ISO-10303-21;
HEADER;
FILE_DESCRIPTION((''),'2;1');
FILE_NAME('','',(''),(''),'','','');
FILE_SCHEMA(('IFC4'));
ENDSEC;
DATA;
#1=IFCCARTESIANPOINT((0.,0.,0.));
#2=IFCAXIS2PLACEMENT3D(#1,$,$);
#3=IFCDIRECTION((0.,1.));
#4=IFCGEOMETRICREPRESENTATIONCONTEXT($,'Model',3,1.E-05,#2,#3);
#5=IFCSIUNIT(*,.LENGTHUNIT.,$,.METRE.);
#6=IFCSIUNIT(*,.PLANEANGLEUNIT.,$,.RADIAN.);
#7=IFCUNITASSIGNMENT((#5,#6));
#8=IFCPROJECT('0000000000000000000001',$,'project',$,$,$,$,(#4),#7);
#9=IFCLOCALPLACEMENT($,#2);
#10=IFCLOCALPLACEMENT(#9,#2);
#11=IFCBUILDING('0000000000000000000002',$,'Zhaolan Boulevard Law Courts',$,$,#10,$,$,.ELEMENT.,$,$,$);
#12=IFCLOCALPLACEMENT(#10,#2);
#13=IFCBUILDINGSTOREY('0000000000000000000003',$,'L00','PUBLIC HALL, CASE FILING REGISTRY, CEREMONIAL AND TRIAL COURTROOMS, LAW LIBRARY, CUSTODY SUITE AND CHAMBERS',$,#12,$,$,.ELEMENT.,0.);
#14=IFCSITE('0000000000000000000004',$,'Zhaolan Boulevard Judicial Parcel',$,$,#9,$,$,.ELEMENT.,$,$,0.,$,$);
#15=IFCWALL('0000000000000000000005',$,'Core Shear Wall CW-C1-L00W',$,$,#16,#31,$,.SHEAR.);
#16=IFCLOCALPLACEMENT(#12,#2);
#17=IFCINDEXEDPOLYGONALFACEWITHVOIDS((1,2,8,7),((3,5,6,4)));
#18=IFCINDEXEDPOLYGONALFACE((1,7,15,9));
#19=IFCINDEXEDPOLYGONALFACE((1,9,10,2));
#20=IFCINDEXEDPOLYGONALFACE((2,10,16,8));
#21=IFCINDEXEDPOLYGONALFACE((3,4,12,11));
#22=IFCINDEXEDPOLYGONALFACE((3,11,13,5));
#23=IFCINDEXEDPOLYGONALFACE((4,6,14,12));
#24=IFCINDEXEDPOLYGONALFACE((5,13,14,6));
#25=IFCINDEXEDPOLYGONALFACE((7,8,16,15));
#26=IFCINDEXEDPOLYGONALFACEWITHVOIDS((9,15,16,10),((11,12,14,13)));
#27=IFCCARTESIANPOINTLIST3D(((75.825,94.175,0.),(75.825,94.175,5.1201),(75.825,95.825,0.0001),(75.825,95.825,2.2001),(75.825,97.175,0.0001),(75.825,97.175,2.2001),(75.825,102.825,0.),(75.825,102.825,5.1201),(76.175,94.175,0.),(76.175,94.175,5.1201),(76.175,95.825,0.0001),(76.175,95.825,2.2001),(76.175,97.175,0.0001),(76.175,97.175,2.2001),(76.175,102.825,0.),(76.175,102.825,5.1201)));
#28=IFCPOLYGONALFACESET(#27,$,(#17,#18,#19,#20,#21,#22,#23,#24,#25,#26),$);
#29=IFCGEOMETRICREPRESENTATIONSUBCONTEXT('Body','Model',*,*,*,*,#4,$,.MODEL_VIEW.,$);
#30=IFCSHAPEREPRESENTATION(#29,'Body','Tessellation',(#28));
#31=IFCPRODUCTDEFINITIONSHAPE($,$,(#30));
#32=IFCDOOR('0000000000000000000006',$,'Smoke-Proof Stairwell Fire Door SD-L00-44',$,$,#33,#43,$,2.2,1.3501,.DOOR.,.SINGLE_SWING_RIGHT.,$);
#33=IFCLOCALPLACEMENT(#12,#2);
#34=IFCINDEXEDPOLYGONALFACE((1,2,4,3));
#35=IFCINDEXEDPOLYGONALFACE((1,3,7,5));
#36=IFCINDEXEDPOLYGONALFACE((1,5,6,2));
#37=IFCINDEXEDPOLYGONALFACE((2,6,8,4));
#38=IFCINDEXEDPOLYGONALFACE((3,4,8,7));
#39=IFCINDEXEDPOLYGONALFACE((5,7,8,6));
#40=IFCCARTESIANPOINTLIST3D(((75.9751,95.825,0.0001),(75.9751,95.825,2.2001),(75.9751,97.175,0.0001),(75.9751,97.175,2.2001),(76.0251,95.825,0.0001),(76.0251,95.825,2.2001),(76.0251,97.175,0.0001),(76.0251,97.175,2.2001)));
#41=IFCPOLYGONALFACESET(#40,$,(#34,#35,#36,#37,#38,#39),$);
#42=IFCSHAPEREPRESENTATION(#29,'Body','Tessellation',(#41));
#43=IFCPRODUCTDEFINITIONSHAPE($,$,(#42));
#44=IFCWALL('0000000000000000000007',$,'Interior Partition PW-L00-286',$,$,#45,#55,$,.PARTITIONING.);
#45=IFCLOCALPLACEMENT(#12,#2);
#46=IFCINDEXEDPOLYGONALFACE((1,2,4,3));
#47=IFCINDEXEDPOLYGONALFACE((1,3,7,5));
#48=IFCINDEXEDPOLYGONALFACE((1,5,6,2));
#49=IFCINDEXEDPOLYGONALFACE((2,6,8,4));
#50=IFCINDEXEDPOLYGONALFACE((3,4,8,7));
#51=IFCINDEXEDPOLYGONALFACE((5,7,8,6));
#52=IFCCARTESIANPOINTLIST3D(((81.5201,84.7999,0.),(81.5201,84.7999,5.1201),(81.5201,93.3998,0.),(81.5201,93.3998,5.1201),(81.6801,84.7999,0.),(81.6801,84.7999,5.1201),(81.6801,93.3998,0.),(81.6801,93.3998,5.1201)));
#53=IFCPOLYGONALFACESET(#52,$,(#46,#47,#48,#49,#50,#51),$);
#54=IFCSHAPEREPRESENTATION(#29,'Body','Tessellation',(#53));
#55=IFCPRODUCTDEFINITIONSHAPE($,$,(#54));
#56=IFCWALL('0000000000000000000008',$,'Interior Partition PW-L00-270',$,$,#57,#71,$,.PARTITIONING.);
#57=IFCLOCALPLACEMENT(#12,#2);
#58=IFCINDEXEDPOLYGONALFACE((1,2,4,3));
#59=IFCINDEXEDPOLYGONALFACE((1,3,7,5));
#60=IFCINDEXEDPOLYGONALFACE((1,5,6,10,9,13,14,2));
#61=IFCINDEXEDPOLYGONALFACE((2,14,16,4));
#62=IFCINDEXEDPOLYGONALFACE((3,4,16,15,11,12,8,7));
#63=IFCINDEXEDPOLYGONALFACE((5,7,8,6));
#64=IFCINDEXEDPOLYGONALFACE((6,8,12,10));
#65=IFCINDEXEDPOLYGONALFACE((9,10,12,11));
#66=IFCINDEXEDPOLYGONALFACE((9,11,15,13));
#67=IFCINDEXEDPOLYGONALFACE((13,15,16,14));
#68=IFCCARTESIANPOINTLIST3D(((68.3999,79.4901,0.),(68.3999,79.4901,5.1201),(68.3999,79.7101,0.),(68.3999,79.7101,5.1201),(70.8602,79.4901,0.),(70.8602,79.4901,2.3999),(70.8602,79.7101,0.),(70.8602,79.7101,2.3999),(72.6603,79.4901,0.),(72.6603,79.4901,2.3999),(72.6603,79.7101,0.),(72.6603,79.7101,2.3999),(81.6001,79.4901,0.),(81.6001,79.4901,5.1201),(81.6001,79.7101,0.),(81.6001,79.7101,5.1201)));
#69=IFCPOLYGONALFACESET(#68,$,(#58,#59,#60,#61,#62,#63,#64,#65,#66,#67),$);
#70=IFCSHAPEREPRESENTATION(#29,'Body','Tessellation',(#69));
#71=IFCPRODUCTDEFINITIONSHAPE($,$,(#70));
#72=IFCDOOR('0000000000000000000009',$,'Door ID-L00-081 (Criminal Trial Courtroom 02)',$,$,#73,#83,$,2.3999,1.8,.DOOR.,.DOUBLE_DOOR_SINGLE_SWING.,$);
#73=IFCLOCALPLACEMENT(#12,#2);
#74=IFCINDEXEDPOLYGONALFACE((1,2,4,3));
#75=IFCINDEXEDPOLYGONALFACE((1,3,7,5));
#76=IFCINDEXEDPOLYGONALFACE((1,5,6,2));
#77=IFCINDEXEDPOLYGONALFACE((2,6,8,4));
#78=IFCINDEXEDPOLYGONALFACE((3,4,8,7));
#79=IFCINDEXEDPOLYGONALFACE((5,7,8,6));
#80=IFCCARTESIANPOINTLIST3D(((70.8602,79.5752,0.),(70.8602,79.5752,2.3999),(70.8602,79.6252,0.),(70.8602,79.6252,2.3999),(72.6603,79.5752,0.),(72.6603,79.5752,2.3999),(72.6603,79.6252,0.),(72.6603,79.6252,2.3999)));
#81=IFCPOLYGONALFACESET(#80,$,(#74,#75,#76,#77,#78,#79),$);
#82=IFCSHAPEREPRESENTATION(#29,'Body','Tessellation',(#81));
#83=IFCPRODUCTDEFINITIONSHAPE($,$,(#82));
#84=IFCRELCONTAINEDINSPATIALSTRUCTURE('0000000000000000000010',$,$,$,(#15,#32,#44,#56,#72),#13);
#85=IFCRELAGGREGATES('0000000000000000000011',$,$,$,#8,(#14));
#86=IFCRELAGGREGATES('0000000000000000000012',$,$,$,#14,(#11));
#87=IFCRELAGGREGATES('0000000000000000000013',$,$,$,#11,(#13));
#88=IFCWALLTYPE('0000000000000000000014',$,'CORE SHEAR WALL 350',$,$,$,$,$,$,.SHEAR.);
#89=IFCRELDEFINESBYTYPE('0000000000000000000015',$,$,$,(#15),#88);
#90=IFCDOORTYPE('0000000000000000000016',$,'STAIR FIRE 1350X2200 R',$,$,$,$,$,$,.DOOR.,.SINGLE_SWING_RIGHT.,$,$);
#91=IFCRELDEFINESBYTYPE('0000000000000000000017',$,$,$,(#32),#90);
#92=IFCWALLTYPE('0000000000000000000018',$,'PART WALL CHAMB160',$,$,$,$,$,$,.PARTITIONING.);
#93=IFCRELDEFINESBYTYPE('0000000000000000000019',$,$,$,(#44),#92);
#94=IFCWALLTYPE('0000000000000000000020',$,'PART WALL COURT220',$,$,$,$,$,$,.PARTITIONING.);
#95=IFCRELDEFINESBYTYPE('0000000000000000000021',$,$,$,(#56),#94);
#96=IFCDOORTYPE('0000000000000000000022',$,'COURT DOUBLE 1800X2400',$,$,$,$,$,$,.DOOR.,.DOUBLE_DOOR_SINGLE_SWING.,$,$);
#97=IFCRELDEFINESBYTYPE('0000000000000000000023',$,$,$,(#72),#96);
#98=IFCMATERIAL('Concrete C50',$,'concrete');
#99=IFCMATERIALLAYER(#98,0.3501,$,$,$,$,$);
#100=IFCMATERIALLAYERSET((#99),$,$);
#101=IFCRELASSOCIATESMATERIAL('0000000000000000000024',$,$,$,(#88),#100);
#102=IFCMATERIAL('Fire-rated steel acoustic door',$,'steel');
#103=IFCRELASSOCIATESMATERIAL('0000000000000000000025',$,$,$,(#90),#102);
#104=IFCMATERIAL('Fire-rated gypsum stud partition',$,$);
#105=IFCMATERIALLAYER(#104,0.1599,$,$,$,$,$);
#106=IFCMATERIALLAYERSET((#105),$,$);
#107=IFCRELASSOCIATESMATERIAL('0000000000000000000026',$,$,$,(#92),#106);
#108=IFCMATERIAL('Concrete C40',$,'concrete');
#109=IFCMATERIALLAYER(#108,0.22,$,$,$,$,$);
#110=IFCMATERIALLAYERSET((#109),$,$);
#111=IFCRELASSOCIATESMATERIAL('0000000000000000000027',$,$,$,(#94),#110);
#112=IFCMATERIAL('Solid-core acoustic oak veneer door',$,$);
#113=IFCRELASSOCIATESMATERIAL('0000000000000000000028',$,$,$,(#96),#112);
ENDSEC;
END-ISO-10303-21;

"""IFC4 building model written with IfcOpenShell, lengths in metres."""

from ifc_helpers import new_model, si_unit, direction, frame, frame_2d, origin, place, context, subcontext, project, spatial, rectangle, extrude, material, layer, layer_set, type_object, element, fill, save


model = new_model("IFC4")

# Units and contexts
model_context = context("Model", 3, precision=1e-05, world=origin(), true_north=direction((0.0, 1.0)))
body_context = subcontext(model_context, "Body", "Model", "MODEL_VIEW")
ifc_project = project(units=[si_unit("LENGTHUNIT", "METRE"), si_unit("PLANEANGLEUNIT", "RADIAN")], contexts=[model_context])

# Site, building, storey
site_placement = place(None, origin())
site = spatial("IfcSite", under=ifc_project, at=site_placement, Name="Zhaolan Boulevard Judicial Parcel", CompositionType="ELEMENT", RefElevation=0.0)
building_placement = place(site_placement, origin())
building = spatial("IfcBuilding", under=site, at=building_placement, Name="Zhaolan Boulevard Law Courts", CompositionType="ELEMENT")
storey_placement = place(building_placement, origin())
storey = spatial("IfcBuildingStorey", under=building, at=storey_placement, Name="L00", Description="PUBLIC HALL, CASE FILING REGISTRY, CEREMONIAL AND TRIAL COURTROOMS, LAW LIBRARY, CUSTODY SUITE AND CHAMBERS", CompositionType="ELEMENT", Elevation=0.0)

# Wall, opening, door
ifc_material_1 = material(Name="Concrete C50", Category="concrete")
ifc_layer_1 = layer(ifc_material_1, 0.3501)
ifc_layer_set_1 = layer_set([ifc_layer_1])
wall_type_1 = type_object("IfcWallType", Name="CORE SHEAR WALL 350", PredefinedType="SHEAR", material=ifc_layer_set_1)
wall_1_placement = place(storey_placement, frame((76.0, 94.175, 0.0), z_axis=(0.0, 0.0, 1.0), x_axis=(0.0, 1.0, 0.0)))
wall_1 = element("IfcWall", 1, at=wall_1_placement, inside=storey, type_object=wall_type_1, Name="Core Shear Wall CW-C1-L00W", PredefinedType="SHEAR", context=body_context, shape_type="SweptSolid", body=[
    extrude(rectangle(XDim=8.6499, YDim=0.3501, at=frame_2d((4.325, 0.0))), origin(), (0.0, 0.0, 1.0), 5.1201),
])
opening_1_placement = place(wall_1_placement, frame((1.6499, 0.0, 0.0)))
opening_1 = element("IfcOpeningElement", 2, at=opening_1_placement, cuts=wall_1, PredefinedType="OPENING", context=body_context, shape_type="SweptSolid", body=[
    extrude(rectangle(XDim=1.3501, YDim=2.2, at=frame_2d((0.675, 1.1001))), frame((0.0, 0.1851, 0.0), z_axis=(0.0, -1.0, 0.0), x_axis=(1.0, 0.0, 0.0)), (0.0, 0.0, 1.0), 0.3701),
])
ifc_material_2 = material(Name="Fire-rated steel acoustic door", Category="steel")
door_type_1 = type_object("IfcDoorType", Name="STAIR FIRE 1350X2200 R", OperationType="SINGLE_SWING_RIGHT", PredefinedType="DOOR", material=ifc_material_2)
door_1_placement = place(opening_1_placement, origin())
door_1 = element("IfcDoor", 3, at=door_1_placement, inside=storey, type_object=door_type_1, Name="Smoke-Proof Stairwell Fire Door SD-L00-44", OperationType="SINGLE_SWING_RIGHT", OverallHeight=2.2, OverallWidth=1.3501, PredefinedType="DOOR", context=body_context, shape_type="SweptSolid", body=[
    extrude(rectangle(XDim=1.3501, YDim=2.2, at=frame_2d((0.675, 1.1001))), frame((0.0, 0.0249, 0.0), z_axis=(0.0, -1.0, 0.0), x_axis=(1.0, 0.0, 0.0)), (0.0, 0.0, 1.0), 0.05),
])
fill(opening_1, door_1)

# Wall
ifc_material_3 = material(Name="Fire-rated gypsum stud partition")
ifc_layer_2 = layer(ifc_material_3, 0.1599)
ifc_layer_set_2 = layer_set([ifc_layer_2])
wall_type_2 = type_object("IfcWallType", Name="PART WALL CHAMB160", PredefinedType="PARTITIONING", material=ifc_layer_set_2)
wall_2_placement = place(storey_placement, frame((81.6001, 84.8, 0.0), z_axis=(0.0, 0.0, 1.0), x_axis=(0.0, 1.0, 0.0)))
element("IfcWall", 4, at=wall_2_placement, inside=storey, type_object=wall_type_2, Name="Interior Partition PW-L00-286", PredefinedType="PARTITIONING", context=body_context, shape_type="SweptSolid", body=[
    extrude(rectangle(XDim=8.5999, YDim=0.1599, at=frame_2d((4.2998, 0.0))), origin(), (0.0, 0.0, 1.0), 5.1201),
])

# Wall, opening, door
ifc_material_4 = material(Name="Concrete C40", Category="concrete")
ifc_layer_3 = layer(ifc_material_4, 0.22)
ifc_layer_set_3 = layer_set([ifc_layer_3])
wall_type_3 = type_object("IfcWallType", Name="PART WALL COURT220", PredefinedType="PARTITIONING", material=ifc_layer_set_3)
wall_3_placement = place(storey_placement, frame((81.6001, 79.6001, 0.0), z_axis=(0.0, 0.0, 1.0), x_axis=(-1.0, 0.0, 0.0)))
wall_3 = element("IfcWall", 5, at=wall_3_placement, inside=storey, type_object=wall_type_3, Name="Interior Partition PW-L00-270", PredefinedType="PARTITIONING", context=body_context, shape_type="SweptSolid", body=[
    extrude(rectangle(XDim=13.2002, YDim=0.22, at=frame_2d((6.6001, 0.0))), origin(), (0.0, 0.0, 1.0), 5.1201),
])
opening_2_placement = place(wall_3_placement, frame((8.9399, 0.0, 0.0)))
opening_2 = element("IfcOpeningElement", 6, at=opening_2_placement, cuts=wall_3, PredefinedType="OPENING", context=body_context, shape_type="SweptSolid", body=[
    extrude(rectangle(XDim=1.8, YDim=2.3999, at=frame_2d((0.8999, 1.2))), frame((0.0, 0.1199, 0.0), z_axis=(0.0, -1.0, 0.0), x_axis=(1.0, 0.0, 0.0)), (0.0, 0.0, 1.0), 0.24),
])
ifc_material_5 = material(Name="Solid-core acoustic oak veneer door")
door_type_2 = type_object("IfcDoorType", Name="COURT DOUBLE 1800X2400", OperationType="DOUBLE_DOOR_SINGLE_SWING", PredefinedType="DOOR", material=ifc_material_5)
door_2_placement = place(opening_2_placement, origin())
door_2 = element("IfcDoor", 7, at=door_2_placement, inside=storey, type_object=door_type_2, Name="Door ID-L00-081 (Criminal Trial Courtroom 02)", OperationType="DOUBLE_DOOR_SINGLE_SWING", OverallHeight=2.3999, OverallWidth=1.8, PredefinedType="DOOR", context=body_context, shape_type="SweptSolid", body=[
    extrude(rectangle(XDim=1.8, YDim=2.3999, at=frame_2d((0.8999, 1.2))), frame((0.0, 0.0249, 0.0), z_axis=(0.0, -1.0, 0.0), x_axis=(1.0, 0.0, 0.0)), (0.0, 0.0, 1.0), 0.05),
])
fill(opening_2, door_2)

save(model, "model.ifc")
